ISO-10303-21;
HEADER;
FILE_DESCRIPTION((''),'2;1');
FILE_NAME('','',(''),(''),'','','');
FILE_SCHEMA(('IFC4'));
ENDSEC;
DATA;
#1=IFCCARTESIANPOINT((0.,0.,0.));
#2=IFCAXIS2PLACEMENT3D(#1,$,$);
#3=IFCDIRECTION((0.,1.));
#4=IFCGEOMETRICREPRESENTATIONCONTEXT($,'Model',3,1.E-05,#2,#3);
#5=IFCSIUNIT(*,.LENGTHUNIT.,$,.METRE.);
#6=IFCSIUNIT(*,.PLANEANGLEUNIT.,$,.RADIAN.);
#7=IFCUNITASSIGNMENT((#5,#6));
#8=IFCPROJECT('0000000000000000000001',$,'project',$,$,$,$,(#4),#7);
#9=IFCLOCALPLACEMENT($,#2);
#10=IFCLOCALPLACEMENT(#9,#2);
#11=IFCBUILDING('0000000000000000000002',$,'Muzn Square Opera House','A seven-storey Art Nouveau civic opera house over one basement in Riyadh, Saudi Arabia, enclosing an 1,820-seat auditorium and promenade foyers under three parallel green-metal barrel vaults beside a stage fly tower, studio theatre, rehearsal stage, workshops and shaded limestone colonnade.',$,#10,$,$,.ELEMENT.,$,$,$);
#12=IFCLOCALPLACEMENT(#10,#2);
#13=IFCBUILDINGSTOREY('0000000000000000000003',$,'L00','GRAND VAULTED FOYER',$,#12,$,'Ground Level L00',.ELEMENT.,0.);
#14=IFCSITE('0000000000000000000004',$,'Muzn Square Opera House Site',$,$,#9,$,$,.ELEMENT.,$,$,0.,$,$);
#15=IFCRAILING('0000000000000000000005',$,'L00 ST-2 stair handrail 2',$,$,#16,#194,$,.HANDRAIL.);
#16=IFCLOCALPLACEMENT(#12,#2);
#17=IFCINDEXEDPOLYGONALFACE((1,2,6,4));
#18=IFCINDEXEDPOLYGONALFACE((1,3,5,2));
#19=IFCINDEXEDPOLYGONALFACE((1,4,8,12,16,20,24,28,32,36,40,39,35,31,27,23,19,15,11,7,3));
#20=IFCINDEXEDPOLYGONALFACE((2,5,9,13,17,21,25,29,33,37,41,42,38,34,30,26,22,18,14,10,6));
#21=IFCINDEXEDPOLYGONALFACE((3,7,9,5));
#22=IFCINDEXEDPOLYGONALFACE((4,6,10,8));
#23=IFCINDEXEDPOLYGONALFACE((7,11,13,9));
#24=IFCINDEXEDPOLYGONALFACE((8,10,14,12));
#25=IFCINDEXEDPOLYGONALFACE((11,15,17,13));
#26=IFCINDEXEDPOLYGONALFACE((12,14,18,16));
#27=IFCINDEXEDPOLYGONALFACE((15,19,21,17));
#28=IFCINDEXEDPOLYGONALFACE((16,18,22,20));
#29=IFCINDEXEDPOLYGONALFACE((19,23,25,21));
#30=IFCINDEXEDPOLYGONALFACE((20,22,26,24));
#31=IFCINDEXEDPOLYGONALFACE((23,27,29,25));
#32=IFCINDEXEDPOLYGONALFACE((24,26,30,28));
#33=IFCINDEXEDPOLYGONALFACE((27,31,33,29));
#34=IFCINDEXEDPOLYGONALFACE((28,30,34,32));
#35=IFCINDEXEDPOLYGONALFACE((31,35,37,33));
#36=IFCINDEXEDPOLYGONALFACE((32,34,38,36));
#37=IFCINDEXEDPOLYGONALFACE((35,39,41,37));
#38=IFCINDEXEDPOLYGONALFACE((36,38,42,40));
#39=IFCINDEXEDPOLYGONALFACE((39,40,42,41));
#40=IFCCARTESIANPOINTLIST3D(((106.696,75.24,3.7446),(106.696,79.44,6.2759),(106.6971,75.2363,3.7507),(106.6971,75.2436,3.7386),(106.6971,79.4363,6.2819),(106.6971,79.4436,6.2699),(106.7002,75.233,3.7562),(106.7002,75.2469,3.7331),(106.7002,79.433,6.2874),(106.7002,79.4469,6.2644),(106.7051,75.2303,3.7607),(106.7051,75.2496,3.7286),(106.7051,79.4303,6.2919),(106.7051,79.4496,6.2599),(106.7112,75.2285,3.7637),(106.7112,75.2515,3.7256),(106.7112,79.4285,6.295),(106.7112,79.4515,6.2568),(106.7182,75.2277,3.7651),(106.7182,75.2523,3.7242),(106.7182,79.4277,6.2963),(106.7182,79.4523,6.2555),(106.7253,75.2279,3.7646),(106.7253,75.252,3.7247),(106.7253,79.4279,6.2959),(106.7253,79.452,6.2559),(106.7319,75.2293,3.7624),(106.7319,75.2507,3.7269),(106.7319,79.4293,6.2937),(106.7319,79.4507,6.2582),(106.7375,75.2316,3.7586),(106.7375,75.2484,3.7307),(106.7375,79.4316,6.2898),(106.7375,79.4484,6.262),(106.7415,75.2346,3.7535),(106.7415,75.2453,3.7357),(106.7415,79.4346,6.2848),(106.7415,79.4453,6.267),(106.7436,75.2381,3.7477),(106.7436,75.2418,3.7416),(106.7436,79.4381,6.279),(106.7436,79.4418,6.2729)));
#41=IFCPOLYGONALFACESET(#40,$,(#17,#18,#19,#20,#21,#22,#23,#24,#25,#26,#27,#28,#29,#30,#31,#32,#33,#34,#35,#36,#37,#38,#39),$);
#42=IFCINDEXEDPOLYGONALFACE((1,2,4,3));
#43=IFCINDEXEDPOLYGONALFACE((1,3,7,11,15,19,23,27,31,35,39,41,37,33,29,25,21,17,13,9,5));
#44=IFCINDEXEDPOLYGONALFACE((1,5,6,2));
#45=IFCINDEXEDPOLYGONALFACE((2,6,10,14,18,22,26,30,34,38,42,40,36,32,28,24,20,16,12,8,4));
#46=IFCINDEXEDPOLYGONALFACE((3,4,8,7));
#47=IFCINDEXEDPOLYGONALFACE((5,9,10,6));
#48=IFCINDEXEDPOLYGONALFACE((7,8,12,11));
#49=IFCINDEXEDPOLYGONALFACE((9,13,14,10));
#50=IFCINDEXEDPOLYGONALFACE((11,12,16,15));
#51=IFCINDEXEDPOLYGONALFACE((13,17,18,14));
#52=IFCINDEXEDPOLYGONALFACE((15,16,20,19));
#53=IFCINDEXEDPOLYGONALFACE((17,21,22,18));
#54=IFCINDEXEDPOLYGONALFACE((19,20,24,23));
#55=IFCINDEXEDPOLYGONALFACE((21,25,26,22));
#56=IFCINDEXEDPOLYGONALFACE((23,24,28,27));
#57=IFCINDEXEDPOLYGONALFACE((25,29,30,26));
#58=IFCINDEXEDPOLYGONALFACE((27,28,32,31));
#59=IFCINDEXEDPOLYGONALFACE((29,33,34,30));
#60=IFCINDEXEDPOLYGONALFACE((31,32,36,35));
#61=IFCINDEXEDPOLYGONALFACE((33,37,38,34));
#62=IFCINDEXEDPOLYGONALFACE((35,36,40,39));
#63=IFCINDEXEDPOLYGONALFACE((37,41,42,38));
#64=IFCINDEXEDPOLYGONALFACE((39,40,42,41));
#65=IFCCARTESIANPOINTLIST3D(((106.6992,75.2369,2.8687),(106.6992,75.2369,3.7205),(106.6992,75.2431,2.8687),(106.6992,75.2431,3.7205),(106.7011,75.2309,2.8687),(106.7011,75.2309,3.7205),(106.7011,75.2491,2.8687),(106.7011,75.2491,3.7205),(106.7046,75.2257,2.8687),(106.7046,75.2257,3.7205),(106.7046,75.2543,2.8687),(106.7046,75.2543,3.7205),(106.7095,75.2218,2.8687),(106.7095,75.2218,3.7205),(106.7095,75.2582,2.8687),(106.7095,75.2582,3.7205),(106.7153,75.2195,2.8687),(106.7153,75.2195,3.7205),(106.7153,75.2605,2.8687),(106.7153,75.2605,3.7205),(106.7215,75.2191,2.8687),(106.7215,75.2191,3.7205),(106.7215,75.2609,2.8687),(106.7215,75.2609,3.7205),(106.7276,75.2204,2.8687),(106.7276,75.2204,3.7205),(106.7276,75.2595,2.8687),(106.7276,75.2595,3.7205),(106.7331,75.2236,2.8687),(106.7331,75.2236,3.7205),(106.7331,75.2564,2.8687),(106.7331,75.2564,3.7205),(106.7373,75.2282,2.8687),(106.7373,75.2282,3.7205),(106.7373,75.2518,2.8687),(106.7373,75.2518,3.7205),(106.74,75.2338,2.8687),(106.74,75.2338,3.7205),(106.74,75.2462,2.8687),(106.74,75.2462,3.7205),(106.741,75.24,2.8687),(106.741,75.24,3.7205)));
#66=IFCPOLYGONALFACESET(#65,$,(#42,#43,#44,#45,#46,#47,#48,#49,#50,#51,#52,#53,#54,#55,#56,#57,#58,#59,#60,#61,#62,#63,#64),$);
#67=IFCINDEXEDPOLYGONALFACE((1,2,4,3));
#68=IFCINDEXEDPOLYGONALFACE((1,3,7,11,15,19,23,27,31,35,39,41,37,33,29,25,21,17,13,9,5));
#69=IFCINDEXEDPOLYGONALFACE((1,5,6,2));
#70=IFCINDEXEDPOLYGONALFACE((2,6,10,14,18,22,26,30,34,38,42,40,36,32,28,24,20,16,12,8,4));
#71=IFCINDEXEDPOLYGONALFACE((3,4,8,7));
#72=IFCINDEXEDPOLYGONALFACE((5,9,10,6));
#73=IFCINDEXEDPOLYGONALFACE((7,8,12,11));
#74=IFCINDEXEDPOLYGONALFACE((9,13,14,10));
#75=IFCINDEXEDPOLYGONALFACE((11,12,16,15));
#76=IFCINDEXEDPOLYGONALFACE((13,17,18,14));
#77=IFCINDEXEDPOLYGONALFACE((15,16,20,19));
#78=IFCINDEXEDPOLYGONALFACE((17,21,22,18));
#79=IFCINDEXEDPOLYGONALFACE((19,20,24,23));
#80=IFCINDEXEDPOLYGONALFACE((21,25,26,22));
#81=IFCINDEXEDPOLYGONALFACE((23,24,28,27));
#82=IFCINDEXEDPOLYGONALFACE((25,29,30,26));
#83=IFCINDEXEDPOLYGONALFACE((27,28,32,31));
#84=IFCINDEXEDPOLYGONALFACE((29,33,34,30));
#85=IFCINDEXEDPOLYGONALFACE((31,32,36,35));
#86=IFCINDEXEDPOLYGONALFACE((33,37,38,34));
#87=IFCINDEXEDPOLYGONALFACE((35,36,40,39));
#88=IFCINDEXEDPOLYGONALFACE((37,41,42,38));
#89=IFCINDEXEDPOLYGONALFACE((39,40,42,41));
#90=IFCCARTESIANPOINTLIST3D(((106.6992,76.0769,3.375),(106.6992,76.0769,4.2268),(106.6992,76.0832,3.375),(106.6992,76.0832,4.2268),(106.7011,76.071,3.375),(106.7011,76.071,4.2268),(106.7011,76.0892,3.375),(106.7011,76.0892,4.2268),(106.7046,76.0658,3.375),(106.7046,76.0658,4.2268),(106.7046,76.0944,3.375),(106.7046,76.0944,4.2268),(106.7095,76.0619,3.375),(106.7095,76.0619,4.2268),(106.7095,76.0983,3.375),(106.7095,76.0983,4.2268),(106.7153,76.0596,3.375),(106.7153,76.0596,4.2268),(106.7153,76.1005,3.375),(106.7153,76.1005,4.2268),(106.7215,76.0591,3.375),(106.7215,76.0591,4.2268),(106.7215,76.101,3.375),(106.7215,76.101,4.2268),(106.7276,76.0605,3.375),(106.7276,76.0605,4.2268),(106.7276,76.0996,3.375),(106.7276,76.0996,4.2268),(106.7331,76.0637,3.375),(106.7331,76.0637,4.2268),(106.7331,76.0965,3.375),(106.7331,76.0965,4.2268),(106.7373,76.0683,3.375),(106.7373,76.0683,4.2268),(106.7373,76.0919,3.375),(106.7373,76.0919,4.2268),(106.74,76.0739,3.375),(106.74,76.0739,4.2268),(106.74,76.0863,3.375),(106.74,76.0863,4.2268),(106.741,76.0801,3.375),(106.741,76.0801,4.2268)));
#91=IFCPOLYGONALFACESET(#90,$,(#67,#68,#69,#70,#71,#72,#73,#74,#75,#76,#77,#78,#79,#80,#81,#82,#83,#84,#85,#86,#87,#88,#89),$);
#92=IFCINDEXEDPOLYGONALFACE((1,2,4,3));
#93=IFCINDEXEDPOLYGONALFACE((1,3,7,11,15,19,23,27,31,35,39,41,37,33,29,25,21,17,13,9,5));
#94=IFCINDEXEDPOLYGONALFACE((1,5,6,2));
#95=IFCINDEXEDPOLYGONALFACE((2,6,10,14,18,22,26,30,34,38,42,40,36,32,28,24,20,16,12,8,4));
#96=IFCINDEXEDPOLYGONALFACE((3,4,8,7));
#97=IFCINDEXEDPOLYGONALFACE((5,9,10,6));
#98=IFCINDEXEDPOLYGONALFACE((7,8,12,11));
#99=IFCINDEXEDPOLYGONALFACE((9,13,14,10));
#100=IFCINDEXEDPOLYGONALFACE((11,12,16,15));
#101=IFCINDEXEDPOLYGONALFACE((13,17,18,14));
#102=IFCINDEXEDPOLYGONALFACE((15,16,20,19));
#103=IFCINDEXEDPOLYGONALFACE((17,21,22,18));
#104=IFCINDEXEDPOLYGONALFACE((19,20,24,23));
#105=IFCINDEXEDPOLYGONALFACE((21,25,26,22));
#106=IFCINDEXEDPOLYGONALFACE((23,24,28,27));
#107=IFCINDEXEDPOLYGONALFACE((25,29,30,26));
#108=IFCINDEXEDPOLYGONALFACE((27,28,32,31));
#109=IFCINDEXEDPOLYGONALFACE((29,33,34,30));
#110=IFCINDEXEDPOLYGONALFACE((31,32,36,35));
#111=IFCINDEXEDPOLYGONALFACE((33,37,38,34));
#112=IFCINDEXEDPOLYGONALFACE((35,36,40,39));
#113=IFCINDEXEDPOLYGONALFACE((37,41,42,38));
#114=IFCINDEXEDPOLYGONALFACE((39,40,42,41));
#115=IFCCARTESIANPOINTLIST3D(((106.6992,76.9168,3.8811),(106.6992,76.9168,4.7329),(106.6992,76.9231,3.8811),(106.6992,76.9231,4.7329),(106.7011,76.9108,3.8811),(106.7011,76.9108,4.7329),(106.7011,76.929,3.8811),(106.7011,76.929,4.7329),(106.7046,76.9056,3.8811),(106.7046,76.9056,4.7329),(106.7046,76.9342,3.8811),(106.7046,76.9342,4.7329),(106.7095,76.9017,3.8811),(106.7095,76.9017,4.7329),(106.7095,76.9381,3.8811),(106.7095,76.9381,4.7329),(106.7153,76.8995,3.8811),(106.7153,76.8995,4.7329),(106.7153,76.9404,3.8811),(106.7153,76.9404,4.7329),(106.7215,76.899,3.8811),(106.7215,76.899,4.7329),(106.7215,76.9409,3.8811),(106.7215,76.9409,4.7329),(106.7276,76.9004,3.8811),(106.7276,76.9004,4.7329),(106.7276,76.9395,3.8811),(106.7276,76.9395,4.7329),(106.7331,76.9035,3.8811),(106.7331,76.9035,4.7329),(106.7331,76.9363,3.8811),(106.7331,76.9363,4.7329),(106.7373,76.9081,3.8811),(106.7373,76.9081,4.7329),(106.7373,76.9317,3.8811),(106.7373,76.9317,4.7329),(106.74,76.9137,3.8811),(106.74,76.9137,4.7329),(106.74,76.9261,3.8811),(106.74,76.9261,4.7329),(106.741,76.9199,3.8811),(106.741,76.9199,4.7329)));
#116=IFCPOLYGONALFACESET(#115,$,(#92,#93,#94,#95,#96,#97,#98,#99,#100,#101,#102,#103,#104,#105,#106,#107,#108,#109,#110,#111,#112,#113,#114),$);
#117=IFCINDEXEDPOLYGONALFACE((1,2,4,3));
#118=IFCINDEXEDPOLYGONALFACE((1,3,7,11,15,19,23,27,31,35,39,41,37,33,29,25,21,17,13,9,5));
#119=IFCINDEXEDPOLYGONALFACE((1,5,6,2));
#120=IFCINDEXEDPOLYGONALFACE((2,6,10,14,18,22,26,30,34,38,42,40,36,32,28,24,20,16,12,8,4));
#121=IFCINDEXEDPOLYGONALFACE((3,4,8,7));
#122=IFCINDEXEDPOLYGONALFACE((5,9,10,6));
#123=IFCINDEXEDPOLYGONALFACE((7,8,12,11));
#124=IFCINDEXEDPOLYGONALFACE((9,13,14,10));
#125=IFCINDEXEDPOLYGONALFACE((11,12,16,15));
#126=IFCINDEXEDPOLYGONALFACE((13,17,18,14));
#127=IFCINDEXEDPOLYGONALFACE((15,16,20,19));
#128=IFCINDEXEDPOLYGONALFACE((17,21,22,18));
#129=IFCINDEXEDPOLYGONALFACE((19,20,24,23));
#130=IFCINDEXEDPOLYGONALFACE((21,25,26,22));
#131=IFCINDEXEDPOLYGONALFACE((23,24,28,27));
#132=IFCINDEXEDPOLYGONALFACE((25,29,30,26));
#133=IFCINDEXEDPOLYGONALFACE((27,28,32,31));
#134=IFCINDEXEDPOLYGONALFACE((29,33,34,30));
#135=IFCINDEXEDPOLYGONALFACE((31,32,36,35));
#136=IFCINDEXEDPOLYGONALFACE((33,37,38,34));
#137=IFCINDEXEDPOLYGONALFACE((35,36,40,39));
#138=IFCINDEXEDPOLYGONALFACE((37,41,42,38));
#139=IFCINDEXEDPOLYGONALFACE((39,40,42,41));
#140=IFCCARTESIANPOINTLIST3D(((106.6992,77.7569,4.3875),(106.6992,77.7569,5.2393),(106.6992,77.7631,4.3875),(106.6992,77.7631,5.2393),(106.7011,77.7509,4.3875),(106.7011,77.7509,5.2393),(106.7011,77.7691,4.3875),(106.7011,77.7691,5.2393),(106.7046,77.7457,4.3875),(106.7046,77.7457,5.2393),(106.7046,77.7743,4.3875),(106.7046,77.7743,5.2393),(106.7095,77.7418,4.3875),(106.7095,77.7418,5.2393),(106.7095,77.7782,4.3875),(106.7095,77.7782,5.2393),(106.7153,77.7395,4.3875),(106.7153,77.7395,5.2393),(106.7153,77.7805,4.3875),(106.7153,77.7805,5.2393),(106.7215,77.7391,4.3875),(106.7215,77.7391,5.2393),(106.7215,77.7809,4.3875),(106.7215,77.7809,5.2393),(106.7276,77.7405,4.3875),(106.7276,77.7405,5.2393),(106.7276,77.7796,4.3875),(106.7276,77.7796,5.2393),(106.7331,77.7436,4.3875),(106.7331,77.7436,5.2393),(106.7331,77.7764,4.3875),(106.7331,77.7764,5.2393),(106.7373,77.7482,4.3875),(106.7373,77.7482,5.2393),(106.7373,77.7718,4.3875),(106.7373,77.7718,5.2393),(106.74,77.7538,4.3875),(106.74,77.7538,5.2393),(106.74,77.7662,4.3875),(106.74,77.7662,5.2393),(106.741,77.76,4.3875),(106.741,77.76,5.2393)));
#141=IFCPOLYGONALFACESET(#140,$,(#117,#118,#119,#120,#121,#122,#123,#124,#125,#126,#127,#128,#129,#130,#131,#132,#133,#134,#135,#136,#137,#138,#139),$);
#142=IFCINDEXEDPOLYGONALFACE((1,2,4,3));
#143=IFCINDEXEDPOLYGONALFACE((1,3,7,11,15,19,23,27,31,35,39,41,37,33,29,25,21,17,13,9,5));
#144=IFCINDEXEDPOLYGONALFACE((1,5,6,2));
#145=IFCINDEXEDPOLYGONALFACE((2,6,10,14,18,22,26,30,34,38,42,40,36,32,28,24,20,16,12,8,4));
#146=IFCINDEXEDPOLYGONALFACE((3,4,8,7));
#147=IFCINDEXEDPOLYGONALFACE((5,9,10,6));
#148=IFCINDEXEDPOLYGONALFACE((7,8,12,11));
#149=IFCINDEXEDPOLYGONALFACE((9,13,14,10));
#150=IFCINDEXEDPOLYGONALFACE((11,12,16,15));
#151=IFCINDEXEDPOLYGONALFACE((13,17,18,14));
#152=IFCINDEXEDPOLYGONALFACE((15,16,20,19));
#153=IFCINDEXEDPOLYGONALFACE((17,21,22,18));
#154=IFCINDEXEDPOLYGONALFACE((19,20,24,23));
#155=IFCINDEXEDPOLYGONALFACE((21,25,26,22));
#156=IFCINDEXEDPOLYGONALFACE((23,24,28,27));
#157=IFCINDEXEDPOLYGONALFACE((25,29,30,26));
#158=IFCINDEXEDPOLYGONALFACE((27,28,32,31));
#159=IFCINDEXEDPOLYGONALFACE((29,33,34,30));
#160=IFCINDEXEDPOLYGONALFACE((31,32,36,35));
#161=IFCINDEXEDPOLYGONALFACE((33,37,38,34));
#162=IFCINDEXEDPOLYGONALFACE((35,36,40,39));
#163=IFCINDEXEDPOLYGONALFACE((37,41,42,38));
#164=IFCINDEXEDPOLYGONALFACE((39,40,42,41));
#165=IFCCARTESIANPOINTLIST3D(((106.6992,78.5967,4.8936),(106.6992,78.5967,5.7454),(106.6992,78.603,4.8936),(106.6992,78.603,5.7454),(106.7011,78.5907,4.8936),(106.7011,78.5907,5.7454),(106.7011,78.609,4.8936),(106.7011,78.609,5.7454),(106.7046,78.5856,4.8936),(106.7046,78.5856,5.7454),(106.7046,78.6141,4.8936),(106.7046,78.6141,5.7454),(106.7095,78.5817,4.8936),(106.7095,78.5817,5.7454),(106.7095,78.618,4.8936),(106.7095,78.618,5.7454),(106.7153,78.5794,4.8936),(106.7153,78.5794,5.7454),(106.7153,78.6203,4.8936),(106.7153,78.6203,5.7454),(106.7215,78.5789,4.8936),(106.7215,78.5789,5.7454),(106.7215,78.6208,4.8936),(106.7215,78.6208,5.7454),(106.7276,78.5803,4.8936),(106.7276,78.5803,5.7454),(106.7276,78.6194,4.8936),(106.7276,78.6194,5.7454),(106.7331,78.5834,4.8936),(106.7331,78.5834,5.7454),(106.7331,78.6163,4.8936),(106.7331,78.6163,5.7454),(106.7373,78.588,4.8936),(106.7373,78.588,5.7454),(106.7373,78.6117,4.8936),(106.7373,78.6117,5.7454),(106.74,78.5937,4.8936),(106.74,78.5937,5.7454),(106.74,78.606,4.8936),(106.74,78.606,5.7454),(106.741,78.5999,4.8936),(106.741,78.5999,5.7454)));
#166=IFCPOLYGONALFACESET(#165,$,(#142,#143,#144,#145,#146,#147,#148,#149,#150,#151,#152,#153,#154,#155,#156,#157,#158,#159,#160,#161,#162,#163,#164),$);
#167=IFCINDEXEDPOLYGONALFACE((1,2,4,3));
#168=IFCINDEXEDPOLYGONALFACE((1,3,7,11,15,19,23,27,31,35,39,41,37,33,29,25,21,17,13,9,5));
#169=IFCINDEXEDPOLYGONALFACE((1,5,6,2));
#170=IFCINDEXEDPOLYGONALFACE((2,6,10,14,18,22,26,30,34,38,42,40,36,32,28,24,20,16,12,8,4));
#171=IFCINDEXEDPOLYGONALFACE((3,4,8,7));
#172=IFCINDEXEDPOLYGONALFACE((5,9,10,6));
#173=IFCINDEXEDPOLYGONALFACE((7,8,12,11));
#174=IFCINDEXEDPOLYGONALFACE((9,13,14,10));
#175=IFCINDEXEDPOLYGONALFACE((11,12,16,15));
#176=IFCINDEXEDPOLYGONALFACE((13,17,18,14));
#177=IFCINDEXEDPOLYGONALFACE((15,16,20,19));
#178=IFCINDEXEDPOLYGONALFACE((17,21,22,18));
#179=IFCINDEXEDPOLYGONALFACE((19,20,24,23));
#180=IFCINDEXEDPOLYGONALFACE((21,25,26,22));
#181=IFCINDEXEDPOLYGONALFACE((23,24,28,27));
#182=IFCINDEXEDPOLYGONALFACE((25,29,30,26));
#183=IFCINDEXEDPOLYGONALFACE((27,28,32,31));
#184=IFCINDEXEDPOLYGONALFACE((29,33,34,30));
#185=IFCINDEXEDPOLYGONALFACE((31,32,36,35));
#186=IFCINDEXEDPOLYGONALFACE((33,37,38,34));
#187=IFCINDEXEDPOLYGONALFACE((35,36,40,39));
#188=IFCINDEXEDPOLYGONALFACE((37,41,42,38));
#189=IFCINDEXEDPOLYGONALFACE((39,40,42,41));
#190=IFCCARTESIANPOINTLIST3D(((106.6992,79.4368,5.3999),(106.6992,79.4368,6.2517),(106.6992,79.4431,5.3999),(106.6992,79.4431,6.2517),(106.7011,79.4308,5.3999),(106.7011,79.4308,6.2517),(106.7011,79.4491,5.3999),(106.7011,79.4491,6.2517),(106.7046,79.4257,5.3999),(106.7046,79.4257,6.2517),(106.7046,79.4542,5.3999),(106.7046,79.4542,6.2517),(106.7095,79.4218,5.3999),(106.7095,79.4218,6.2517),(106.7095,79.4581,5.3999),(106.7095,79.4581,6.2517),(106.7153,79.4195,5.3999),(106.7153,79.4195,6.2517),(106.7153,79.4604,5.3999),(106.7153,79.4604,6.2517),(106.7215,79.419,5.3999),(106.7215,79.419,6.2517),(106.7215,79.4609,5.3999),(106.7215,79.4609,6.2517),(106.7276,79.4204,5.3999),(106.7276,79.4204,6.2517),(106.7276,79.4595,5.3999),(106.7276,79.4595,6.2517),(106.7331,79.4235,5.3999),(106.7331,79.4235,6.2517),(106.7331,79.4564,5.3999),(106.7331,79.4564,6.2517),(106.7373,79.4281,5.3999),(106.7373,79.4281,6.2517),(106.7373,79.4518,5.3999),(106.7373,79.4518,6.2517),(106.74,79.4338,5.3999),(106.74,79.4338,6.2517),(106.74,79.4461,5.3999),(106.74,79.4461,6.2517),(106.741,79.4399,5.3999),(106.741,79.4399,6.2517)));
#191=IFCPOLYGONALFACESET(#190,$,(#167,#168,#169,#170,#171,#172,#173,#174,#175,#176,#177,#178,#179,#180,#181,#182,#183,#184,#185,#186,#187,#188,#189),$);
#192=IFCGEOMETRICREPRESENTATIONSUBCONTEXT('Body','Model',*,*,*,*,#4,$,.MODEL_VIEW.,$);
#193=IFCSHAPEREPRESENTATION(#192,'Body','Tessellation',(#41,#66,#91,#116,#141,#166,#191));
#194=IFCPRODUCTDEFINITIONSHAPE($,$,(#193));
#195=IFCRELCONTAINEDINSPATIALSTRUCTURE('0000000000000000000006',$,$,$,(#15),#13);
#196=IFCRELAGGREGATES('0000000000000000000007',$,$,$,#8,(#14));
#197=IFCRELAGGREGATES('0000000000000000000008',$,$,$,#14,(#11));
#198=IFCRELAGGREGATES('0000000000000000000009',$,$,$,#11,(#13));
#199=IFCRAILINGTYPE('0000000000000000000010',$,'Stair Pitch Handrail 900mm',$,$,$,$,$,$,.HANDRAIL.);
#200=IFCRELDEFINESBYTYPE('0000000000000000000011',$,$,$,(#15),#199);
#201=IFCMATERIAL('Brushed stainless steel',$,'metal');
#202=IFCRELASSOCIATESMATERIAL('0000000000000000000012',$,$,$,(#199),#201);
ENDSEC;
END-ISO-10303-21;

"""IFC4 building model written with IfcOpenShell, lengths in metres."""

from ifc_helpers import new_model, si_unit, direction, frame, origin, origin_2d, place, context, subcontext, project, spatial, circle, extrude, material, type_object, element, save


model = new_model("IFC4")

# Units and contexts
model_context = context("Model", 3, precision=1e-05, world=origin(), true_north=direction((0.0, 1.0)))
body_context = subcontext(model_context, "Body", "Model", "MODEL_VIEW")
ifc_project = project(units=[si_unit("LENGTHUNIT", "METRE"), si_unit("PLANEANGLEUNIT", "RADIAN")], contexts=[model_context])

# Site, building, storey
site_placement = place(None, origin())
site = spatial("IfcSite", under=ifc_project, at=site_placement, Name="Muzn Square Opera House Site", CompositionType="ELEMENT", RefElevation=0.0)
building_placement = place(site_placement, origin())
building = spatial("IfcBuilding", under=site, at=building_placement, Name="Muzn Square Opera House", Description="A seven-storey Art Nouveau civic opera house over one basement in Riyadh, Saudi Arabia, enclosing an 1,820-seat auditorium and promenade foyers under three parallel green-metal barrel vaults beside a stage fly tower, studio theatre, rehearsal stage, workshops and shaded limestone colonnade.", CompositionType="ELEMENT")
storey_placement = place(building_placement, origin())
storey = spatial("IfcBuildingStorey", under=building, at=storey_placement, Name="L00", Description="GRAND VAULTED FOYER", LongName="Ground Level L00", CompositionType="ELEMENT", Elevation=0.0)

# Railing
ifc_material_1 = material(Name="Brushed stainless steel", Category="metal")
railing_type = type_object("IfcRailingType", Name="Stair Pitch Handrail 900mm", PredefinedType="HANDRAIL", material=ifc_material_1)
railing_placement = place(storey_placement, frame((106.72, 75.24, 2.8687)))
element("IfcRailing", 1, at=railing_placement, inside=storey, type_object=railing_type, Name="L00 ST-2 stair handrail 2", PredefinedType="HANDRAIL", context=body_context, shape_type="SweptSolid", body=[
    extrude(circle(Radius=0.0239, at=origin_2d()), frame((0.0, 0.0, 0.876), z_axis=(0.0, 0.856476, 0.516186), x_axis=(-1.0, 0.0, 0.0)), (0.0, 0.0, 1.0), 4.9038),
    extrude(circle(Radius=0.021, at=origin_2d()), origin(), (0.0, 0.0, 1.0), 0.8518),
    extrude(circle(Radius=0.021, at=origin_2d()), frame((0.0, 0.8401, 0.5063)), (0.0, 0.0, 1.0), 0.8518),
    extrude(circle(Radius=0.021, at=origin_2d()), frame((0.0, 1.6799, 1.0125)), (0.0, 0.0, 1.0), 0.8518),
    extrude(circle(Radius=0.021, at=origin_2d()), frame((0.0, 2.52, 1.5188)), (0.0, 0.0, 1.0), 0.8518),
    extrude(circle(Radius=0.021, at=origin_2d()), frame((0.0, 3.3599, 2.0249)), (0.0, 0.0, 1.0), 0.8518),
    extrude(circle(Radius=0.021, at=origin_2d()), frame((0.0, 4.2, 2.5312)), (0.0, 0.0, 1.0), 0.8518),
])

save(model, "model.ifc")
